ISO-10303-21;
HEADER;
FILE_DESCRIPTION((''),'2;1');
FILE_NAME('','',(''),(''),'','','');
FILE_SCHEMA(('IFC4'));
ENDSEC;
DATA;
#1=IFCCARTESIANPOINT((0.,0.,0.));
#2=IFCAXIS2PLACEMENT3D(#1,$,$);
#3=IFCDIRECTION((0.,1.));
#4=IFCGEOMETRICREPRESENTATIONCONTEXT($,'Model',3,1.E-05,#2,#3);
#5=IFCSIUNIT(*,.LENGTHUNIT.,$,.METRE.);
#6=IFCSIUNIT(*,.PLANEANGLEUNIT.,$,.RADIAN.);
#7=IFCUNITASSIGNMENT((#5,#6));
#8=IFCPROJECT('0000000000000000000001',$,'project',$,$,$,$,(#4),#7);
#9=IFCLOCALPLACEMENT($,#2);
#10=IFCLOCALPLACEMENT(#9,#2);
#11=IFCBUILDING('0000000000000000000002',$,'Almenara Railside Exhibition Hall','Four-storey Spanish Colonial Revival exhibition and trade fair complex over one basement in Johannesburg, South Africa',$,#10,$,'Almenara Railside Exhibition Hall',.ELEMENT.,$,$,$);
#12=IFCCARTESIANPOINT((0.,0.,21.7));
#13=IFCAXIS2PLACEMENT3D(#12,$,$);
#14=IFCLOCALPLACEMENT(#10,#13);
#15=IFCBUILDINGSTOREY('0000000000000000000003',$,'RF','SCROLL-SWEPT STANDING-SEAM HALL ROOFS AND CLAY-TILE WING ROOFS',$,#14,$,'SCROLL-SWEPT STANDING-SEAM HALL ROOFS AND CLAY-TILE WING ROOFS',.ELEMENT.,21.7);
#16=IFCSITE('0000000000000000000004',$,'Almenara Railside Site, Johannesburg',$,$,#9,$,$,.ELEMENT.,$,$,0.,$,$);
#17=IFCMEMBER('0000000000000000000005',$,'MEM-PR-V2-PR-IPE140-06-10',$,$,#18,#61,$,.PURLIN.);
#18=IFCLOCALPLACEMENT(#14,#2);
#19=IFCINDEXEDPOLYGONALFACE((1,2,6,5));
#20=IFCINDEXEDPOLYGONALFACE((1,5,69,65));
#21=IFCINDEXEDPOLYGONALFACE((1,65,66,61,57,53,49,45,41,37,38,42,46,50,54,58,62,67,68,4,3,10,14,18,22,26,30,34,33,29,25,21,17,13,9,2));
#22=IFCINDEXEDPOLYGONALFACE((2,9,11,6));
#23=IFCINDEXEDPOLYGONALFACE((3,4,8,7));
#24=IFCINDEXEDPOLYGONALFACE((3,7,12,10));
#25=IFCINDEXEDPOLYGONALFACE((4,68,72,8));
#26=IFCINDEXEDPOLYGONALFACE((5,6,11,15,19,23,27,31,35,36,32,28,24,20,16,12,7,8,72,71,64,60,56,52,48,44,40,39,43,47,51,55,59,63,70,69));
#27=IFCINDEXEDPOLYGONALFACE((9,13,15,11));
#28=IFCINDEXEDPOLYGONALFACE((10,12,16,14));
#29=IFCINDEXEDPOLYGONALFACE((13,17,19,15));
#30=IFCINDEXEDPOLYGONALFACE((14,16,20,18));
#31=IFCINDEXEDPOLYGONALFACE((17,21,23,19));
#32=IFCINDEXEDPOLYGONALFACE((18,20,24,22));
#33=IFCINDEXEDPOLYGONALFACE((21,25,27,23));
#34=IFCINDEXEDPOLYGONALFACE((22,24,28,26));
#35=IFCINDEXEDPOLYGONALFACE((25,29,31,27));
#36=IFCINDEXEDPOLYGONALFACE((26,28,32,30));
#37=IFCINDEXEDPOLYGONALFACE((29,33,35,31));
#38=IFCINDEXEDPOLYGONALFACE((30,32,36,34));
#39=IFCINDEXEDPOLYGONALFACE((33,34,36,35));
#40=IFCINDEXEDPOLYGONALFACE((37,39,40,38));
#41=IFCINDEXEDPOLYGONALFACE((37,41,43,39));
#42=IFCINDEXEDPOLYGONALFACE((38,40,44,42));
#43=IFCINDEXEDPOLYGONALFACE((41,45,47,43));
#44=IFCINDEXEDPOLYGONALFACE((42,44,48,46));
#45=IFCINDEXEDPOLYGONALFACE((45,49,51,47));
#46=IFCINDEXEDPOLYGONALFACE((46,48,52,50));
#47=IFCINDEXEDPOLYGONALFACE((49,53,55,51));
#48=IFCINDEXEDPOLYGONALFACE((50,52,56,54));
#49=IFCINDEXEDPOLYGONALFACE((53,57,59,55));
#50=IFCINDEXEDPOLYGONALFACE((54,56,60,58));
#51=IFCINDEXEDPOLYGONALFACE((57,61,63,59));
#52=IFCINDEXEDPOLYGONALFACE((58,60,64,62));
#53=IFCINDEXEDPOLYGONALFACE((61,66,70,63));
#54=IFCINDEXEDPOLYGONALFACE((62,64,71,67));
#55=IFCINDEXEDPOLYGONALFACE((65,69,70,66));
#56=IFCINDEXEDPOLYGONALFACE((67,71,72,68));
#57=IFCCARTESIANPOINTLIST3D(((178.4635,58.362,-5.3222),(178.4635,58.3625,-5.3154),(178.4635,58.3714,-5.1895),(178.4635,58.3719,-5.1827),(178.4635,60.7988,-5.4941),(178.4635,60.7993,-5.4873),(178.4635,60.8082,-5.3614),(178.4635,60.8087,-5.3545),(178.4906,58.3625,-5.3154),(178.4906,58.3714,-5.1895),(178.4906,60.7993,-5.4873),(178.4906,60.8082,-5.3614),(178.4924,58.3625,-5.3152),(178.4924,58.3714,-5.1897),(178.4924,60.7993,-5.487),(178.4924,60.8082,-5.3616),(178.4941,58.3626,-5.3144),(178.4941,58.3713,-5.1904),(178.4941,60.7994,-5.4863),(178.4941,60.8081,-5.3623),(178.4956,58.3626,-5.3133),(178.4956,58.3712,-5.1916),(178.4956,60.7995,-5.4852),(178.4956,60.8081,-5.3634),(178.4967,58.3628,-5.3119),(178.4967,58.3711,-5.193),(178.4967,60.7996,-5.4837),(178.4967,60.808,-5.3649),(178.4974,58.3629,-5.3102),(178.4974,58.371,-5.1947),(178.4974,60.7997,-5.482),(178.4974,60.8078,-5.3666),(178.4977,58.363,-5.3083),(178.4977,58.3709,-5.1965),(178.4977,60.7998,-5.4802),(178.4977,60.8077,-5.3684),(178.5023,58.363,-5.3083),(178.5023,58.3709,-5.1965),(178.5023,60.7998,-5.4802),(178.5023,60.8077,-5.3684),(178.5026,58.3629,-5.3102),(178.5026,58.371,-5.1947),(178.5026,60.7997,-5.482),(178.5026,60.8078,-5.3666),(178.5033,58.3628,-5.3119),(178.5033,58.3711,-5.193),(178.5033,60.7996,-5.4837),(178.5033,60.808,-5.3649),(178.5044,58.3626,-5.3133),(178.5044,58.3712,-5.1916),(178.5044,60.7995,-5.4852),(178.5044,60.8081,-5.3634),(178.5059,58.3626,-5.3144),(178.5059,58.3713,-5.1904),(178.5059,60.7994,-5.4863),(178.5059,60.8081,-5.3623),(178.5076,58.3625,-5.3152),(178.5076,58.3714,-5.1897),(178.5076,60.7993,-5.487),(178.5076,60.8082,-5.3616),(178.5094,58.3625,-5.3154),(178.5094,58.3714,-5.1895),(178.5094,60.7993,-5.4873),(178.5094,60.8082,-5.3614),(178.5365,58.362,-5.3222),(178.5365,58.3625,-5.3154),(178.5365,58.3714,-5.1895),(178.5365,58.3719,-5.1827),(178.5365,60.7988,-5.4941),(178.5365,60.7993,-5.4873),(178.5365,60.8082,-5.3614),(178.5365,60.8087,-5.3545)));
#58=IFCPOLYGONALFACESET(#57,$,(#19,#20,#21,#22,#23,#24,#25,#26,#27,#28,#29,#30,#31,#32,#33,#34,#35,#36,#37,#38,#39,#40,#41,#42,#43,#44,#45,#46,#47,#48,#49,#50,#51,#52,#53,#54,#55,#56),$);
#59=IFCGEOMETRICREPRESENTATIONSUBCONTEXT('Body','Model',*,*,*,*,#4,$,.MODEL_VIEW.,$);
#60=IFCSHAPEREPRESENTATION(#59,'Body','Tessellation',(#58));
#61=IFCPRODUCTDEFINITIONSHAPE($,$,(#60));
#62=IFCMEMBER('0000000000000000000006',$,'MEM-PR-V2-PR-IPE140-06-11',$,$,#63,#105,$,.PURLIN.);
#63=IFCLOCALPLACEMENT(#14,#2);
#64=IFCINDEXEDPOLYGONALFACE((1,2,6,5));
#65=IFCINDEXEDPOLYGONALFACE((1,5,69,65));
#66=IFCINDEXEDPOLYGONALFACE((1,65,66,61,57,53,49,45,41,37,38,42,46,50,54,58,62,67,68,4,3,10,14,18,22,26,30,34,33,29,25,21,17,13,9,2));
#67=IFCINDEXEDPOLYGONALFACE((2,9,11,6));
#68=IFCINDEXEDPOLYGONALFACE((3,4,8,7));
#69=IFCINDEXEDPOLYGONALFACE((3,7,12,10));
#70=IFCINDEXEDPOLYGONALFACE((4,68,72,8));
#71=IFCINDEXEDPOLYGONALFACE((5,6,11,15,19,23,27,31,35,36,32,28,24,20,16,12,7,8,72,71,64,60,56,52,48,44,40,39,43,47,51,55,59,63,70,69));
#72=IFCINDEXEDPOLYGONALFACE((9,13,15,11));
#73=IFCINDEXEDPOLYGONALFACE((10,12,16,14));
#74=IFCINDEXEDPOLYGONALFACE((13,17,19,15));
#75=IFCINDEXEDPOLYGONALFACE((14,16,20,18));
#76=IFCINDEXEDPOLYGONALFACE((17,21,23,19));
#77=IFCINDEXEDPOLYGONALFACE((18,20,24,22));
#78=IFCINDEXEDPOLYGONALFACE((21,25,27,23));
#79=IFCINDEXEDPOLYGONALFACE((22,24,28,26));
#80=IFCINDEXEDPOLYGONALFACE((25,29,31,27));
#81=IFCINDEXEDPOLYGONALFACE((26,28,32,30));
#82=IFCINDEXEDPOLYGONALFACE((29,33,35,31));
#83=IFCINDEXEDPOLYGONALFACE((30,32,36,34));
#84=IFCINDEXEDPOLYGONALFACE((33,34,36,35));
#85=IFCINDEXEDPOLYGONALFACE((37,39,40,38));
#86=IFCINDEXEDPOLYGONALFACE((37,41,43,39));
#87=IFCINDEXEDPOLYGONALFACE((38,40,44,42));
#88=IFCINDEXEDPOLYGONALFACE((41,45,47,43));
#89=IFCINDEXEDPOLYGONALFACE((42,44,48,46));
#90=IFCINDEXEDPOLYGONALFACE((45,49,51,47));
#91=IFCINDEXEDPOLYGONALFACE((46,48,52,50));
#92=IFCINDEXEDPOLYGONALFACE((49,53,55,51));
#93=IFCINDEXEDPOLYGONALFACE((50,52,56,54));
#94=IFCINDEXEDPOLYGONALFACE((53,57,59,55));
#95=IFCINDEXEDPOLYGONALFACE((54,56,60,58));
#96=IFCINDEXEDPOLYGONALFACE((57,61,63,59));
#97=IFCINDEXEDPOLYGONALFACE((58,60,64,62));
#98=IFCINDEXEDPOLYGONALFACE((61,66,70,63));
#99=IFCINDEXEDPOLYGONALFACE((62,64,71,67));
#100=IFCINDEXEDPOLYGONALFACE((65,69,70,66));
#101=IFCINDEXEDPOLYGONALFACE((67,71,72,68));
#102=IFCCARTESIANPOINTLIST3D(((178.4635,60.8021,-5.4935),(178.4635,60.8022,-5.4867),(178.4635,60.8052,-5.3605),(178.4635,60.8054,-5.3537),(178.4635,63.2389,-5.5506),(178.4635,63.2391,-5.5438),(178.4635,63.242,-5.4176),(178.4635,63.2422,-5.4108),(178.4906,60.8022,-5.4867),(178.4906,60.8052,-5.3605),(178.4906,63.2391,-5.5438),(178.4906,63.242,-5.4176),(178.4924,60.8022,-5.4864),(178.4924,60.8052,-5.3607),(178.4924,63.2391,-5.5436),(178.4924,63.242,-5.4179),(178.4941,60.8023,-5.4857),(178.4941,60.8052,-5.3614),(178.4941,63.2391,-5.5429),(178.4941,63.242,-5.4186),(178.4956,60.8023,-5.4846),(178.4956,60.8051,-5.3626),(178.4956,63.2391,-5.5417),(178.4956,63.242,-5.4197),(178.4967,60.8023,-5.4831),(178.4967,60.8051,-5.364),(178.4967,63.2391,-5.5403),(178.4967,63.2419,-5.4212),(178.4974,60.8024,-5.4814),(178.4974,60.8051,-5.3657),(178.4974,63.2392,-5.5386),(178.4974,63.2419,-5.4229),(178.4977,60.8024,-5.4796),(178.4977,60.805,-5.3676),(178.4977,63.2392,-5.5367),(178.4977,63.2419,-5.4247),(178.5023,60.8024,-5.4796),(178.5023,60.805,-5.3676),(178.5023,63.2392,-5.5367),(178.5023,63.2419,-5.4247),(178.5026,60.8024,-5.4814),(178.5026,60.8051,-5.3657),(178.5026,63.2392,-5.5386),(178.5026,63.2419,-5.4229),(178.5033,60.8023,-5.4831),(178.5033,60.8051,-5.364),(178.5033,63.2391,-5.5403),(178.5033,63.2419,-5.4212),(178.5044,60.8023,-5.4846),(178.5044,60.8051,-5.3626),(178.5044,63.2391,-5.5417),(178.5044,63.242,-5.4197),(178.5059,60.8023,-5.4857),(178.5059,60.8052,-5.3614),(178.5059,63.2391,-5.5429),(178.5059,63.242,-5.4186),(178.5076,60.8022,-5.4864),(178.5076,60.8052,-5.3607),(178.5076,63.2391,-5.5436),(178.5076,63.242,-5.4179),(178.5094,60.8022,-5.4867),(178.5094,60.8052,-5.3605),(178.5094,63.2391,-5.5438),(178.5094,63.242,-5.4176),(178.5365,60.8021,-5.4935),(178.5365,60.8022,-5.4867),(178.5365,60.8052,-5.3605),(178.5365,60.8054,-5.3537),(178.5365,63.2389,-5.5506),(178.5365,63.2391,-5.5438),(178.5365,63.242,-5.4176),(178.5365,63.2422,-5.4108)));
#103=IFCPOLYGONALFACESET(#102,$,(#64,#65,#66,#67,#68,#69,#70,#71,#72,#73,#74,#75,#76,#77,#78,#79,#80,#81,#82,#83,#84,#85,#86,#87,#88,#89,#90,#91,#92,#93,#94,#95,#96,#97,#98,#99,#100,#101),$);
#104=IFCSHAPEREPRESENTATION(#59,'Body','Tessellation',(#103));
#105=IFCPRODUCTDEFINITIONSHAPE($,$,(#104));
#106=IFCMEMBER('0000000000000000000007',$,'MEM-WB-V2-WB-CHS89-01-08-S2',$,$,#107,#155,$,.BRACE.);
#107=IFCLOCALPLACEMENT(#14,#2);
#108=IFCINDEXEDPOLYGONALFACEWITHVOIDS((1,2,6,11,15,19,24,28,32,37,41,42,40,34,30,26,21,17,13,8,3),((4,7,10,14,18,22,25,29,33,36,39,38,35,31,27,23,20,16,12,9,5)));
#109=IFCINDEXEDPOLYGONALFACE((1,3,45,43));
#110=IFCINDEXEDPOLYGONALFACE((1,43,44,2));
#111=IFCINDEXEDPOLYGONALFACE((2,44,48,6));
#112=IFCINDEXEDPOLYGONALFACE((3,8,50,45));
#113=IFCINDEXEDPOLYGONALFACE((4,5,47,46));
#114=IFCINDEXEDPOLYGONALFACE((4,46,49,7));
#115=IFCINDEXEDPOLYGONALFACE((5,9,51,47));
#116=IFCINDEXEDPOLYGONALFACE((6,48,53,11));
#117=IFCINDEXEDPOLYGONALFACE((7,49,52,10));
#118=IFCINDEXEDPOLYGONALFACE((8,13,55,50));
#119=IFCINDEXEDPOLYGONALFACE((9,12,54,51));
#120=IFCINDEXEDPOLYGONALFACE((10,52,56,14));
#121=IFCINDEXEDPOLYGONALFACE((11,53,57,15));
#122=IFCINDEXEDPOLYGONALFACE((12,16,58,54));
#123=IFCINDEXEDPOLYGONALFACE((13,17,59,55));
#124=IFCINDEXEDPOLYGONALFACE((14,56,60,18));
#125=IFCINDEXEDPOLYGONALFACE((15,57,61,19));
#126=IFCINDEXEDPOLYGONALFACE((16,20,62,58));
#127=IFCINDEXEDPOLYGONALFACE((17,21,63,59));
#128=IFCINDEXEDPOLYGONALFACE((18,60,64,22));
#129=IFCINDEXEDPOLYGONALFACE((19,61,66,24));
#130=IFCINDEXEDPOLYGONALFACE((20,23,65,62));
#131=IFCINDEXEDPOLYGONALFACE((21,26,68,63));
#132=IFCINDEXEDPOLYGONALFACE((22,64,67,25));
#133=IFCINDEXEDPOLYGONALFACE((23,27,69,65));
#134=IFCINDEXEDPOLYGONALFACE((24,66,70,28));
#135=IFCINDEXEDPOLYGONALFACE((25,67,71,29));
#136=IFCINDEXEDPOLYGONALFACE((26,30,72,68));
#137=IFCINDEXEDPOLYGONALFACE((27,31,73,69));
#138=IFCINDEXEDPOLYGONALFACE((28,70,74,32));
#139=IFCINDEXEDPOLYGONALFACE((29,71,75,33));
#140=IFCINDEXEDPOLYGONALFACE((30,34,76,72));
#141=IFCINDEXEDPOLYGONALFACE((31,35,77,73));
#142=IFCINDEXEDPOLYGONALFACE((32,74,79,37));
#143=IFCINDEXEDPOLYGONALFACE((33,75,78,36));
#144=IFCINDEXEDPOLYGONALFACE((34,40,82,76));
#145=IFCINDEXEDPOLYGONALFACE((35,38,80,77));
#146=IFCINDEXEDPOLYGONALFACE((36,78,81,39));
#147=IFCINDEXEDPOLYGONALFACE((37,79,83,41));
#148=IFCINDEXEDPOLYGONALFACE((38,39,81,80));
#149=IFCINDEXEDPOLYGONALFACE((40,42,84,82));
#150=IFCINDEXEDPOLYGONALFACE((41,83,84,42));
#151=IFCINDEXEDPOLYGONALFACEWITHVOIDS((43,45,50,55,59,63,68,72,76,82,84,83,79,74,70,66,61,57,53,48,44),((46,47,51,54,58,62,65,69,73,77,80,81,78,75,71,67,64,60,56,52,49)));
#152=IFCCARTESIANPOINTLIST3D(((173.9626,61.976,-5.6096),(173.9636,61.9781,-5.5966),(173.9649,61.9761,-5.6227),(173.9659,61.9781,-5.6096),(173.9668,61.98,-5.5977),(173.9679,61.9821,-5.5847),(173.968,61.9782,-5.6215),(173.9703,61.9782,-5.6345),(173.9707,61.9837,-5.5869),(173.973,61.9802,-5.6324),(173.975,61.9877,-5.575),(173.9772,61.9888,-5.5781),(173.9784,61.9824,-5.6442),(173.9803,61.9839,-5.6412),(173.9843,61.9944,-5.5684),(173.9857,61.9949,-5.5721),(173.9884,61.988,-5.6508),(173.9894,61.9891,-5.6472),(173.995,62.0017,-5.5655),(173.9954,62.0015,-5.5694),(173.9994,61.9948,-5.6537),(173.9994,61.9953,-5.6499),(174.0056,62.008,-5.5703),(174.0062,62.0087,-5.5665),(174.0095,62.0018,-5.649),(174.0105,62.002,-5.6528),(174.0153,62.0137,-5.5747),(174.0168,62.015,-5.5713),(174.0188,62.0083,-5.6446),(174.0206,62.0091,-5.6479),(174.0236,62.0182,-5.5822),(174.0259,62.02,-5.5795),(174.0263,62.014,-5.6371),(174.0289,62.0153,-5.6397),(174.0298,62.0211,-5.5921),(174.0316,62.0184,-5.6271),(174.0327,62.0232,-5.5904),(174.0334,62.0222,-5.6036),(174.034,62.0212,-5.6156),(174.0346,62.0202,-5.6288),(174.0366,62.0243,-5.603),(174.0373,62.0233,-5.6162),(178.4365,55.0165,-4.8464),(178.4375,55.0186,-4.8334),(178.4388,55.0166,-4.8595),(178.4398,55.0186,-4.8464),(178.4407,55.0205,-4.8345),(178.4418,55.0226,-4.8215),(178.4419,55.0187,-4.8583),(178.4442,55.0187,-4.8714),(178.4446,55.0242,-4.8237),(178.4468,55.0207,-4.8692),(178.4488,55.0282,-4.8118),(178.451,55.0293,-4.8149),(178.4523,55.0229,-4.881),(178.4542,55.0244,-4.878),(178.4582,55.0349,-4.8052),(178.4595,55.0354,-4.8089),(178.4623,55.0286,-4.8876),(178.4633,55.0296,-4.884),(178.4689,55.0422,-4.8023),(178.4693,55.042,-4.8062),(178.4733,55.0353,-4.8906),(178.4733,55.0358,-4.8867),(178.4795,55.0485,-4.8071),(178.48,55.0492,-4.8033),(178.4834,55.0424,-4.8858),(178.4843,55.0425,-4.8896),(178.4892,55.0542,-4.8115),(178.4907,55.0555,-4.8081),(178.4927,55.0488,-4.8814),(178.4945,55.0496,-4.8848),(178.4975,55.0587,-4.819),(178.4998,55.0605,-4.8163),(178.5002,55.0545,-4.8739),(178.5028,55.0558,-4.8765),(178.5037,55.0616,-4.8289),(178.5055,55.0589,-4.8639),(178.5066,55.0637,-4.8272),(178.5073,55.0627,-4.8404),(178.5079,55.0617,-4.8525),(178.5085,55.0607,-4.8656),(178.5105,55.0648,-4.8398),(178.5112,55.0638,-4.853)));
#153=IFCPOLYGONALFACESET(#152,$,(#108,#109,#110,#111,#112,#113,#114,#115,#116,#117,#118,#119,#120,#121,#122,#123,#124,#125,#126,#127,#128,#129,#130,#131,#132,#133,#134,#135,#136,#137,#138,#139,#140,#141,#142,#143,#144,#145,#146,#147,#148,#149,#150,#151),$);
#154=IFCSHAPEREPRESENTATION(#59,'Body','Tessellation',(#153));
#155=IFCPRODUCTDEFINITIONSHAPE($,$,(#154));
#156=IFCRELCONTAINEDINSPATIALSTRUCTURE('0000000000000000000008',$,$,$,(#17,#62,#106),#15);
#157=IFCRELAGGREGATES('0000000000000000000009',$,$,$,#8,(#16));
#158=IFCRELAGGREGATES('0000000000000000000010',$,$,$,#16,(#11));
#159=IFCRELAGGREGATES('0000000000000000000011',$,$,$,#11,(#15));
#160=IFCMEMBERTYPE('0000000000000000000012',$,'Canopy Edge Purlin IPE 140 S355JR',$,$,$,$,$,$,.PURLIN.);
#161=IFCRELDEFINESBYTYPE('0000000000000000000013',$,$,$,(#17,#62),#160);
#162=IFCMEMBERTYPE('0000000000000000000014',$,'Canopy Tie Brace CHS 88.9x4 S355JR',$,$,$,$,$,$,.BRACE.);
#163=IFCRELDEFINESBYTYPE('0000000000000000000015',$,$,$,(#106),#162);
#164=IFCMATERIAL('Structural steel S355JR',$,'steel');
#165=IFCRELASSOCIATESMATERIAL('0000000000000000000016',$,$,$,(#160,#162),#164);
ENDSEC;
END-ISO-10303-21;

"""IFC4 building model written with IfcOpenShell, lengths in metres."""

from ifc_helpers import new_model, si_unit, direction, frame, origin, origin_2d, place, context, subcontext, project, spatial, hollow_circle, i_section, extrude, material, material_profile, profile_set, type_object, element, save


model = new_model("IFC4")

# Units and contexts
model_context = context("Model", 3, precision=1e-05, world=origin(), true_north=direction((0.0, 1.0)))
body_context = subcontext(model_context, "Body", "Model", "MODEL_VIEW")
ifc_project = project(units=[si_unit("LENGTHUNIT", "METRE"), si_unit("PLANEANGLEUNIT", "RADIAN")], contexts=[model_context])

# Site, building, storey
site_placement = place(None, origin())
site = spatial("IfcSite", under=ifc_project, at=site_placement, Name="Almenara Railside Site, Johannesburg", CompositionType="ELEMENT", RefElevation=0.0)
building_placement = place(site_placement, origin())
building = spatial("IfcBuilding", under=site, at=building_placement, Name="Almenara Railside Exhibition Hall", Description="Four-storey Spanish Colonial Revival exhibition and trade fair complex over one basement in Johannesburg, South Africa", LongName="Almenara Railside Exhibition Hall", CompositionType="ELEMENT")
storey_placement = place(building_placement, frame((0.0, 0.0, 21.7)))
storey = spatial("IfcBuildingStorey", under=building, at=storey_placement, Name="RF", Description="SCROLL-SWEPT STANDING-SEAM HALL ROOFS AND CLAY-TILE WING ROOFS", LongName="SCROLL-SWEPT STANDING-SEAM HALL ROOFS AND CLAY-TILE WING ROOFS", CompositionType="ELEMENT", Elevation=21.7)

# Members
ifc_material_1 = material(Name="Structural steel S355JR", Category="steel")
ifc_material_profile_1 = material_profile(ifc_material_1, i_section(OverallWidth=0.073, OverallDepth=0.1399, WebThickness=0.0046, FlangeThickness=0.0068, FilletRadius=0.0071, at=origin_2d()), Name="IPE 140")
ifc_profile_set_1 = profile_set([ifc_material_profile_1], Name="Structural steel S355JR")
member_type_1 = type_object("IfcMemberType", Name="Canopy Edge Purlin IPE 140 S355JR", PredefinedType="PURLIN", material=ifc_profile_set_1)
member_1_placement = place(storey_placement, frame((178.5, 58.3669, -5.2524), z_axis=(0.0, 0.997522, -0.070359), x_axis=(-1.0, 0.0, 0.0)))
element("IfcMember", 1, at=member_1_placement, inside=storey, type_object=member_type_1, Name="MEM-PR-V2-PR-IPE140-06-10", PredefinedType="PURLIN", context=body_context, shape_type="SweptSolid", body=[
    extrude(i_section(OverallWidth=0.073, OverallDepth=0.1399, WebThickness=0.0046, FlangeThickness=0.0068, FilletRadius=0.0071, at=origin_2d()), origin(), (0.0, 0.0, 1.0), 2.4429),
])
member_2_placement = place(storey_placement, frame((178.5, 60.8037, -5.4236), z_axis=(0.0, 0.999725, -0.023438), x_axis=(-1.0, 0.0, 0.0)))
element("IfcMember", 2, at=member_2_placement, inside=storey, type_object=member_type_1, Name="MEM-PR-V2-PR-IPE140-06-11", PredefinedType="PURLIN", context=body_context, shape_type="SweptSolid", body=[
    extrude(i_section(OverallWidth=0.073, OverallDepth=0.1399, WebThickness=0.0046, FlangeThickness=0.0068, FilletRadius=0.0071, at=origin_2d()), origin(), (0.0, 0.0, 1.0), 2.4375),
])
ifc_material_profile_2 = material_profile(ifc_material_1, hollow_circle(Radius=0.0444, WallThickness=0.0039, at=origin_2d()), Name="CHS 88.9x4")
ifc_profile_set_2 = profile_set([ifc_material_profile_2], Name="Structural steel S355JR")
member_type_2 = type_object("IfcMemberType", Name="Canopy Tie Brace CHS 88.9x4 S355JR", PredefinedType="BRACE", material=ifc_profile_set_2)
member_3_placement = place(storey_placement, frame((178.4739, 55.0405, -4.8464), z_axis=(-0.538466, 0.837626, -0.091855), x_axis=(-0.841182, -0.540752, 0.0)))
element("IfcMember", 3, at=member_3_placement, inside=storey, type_object=member_type_2, Name="MEM-WB-V2-WB-CHS89-01-08-S2", PredefinedType="BRACE", context=body_context, shape_type="SweptSolid", body=[
    extrude(hollow_circle(Radius=0.0444, WallThickness=0.0039, at=origin_2d()), origin(), (0.0, 0.0, 1.0), 8.3086),
])

save(model, "model.ifc")
